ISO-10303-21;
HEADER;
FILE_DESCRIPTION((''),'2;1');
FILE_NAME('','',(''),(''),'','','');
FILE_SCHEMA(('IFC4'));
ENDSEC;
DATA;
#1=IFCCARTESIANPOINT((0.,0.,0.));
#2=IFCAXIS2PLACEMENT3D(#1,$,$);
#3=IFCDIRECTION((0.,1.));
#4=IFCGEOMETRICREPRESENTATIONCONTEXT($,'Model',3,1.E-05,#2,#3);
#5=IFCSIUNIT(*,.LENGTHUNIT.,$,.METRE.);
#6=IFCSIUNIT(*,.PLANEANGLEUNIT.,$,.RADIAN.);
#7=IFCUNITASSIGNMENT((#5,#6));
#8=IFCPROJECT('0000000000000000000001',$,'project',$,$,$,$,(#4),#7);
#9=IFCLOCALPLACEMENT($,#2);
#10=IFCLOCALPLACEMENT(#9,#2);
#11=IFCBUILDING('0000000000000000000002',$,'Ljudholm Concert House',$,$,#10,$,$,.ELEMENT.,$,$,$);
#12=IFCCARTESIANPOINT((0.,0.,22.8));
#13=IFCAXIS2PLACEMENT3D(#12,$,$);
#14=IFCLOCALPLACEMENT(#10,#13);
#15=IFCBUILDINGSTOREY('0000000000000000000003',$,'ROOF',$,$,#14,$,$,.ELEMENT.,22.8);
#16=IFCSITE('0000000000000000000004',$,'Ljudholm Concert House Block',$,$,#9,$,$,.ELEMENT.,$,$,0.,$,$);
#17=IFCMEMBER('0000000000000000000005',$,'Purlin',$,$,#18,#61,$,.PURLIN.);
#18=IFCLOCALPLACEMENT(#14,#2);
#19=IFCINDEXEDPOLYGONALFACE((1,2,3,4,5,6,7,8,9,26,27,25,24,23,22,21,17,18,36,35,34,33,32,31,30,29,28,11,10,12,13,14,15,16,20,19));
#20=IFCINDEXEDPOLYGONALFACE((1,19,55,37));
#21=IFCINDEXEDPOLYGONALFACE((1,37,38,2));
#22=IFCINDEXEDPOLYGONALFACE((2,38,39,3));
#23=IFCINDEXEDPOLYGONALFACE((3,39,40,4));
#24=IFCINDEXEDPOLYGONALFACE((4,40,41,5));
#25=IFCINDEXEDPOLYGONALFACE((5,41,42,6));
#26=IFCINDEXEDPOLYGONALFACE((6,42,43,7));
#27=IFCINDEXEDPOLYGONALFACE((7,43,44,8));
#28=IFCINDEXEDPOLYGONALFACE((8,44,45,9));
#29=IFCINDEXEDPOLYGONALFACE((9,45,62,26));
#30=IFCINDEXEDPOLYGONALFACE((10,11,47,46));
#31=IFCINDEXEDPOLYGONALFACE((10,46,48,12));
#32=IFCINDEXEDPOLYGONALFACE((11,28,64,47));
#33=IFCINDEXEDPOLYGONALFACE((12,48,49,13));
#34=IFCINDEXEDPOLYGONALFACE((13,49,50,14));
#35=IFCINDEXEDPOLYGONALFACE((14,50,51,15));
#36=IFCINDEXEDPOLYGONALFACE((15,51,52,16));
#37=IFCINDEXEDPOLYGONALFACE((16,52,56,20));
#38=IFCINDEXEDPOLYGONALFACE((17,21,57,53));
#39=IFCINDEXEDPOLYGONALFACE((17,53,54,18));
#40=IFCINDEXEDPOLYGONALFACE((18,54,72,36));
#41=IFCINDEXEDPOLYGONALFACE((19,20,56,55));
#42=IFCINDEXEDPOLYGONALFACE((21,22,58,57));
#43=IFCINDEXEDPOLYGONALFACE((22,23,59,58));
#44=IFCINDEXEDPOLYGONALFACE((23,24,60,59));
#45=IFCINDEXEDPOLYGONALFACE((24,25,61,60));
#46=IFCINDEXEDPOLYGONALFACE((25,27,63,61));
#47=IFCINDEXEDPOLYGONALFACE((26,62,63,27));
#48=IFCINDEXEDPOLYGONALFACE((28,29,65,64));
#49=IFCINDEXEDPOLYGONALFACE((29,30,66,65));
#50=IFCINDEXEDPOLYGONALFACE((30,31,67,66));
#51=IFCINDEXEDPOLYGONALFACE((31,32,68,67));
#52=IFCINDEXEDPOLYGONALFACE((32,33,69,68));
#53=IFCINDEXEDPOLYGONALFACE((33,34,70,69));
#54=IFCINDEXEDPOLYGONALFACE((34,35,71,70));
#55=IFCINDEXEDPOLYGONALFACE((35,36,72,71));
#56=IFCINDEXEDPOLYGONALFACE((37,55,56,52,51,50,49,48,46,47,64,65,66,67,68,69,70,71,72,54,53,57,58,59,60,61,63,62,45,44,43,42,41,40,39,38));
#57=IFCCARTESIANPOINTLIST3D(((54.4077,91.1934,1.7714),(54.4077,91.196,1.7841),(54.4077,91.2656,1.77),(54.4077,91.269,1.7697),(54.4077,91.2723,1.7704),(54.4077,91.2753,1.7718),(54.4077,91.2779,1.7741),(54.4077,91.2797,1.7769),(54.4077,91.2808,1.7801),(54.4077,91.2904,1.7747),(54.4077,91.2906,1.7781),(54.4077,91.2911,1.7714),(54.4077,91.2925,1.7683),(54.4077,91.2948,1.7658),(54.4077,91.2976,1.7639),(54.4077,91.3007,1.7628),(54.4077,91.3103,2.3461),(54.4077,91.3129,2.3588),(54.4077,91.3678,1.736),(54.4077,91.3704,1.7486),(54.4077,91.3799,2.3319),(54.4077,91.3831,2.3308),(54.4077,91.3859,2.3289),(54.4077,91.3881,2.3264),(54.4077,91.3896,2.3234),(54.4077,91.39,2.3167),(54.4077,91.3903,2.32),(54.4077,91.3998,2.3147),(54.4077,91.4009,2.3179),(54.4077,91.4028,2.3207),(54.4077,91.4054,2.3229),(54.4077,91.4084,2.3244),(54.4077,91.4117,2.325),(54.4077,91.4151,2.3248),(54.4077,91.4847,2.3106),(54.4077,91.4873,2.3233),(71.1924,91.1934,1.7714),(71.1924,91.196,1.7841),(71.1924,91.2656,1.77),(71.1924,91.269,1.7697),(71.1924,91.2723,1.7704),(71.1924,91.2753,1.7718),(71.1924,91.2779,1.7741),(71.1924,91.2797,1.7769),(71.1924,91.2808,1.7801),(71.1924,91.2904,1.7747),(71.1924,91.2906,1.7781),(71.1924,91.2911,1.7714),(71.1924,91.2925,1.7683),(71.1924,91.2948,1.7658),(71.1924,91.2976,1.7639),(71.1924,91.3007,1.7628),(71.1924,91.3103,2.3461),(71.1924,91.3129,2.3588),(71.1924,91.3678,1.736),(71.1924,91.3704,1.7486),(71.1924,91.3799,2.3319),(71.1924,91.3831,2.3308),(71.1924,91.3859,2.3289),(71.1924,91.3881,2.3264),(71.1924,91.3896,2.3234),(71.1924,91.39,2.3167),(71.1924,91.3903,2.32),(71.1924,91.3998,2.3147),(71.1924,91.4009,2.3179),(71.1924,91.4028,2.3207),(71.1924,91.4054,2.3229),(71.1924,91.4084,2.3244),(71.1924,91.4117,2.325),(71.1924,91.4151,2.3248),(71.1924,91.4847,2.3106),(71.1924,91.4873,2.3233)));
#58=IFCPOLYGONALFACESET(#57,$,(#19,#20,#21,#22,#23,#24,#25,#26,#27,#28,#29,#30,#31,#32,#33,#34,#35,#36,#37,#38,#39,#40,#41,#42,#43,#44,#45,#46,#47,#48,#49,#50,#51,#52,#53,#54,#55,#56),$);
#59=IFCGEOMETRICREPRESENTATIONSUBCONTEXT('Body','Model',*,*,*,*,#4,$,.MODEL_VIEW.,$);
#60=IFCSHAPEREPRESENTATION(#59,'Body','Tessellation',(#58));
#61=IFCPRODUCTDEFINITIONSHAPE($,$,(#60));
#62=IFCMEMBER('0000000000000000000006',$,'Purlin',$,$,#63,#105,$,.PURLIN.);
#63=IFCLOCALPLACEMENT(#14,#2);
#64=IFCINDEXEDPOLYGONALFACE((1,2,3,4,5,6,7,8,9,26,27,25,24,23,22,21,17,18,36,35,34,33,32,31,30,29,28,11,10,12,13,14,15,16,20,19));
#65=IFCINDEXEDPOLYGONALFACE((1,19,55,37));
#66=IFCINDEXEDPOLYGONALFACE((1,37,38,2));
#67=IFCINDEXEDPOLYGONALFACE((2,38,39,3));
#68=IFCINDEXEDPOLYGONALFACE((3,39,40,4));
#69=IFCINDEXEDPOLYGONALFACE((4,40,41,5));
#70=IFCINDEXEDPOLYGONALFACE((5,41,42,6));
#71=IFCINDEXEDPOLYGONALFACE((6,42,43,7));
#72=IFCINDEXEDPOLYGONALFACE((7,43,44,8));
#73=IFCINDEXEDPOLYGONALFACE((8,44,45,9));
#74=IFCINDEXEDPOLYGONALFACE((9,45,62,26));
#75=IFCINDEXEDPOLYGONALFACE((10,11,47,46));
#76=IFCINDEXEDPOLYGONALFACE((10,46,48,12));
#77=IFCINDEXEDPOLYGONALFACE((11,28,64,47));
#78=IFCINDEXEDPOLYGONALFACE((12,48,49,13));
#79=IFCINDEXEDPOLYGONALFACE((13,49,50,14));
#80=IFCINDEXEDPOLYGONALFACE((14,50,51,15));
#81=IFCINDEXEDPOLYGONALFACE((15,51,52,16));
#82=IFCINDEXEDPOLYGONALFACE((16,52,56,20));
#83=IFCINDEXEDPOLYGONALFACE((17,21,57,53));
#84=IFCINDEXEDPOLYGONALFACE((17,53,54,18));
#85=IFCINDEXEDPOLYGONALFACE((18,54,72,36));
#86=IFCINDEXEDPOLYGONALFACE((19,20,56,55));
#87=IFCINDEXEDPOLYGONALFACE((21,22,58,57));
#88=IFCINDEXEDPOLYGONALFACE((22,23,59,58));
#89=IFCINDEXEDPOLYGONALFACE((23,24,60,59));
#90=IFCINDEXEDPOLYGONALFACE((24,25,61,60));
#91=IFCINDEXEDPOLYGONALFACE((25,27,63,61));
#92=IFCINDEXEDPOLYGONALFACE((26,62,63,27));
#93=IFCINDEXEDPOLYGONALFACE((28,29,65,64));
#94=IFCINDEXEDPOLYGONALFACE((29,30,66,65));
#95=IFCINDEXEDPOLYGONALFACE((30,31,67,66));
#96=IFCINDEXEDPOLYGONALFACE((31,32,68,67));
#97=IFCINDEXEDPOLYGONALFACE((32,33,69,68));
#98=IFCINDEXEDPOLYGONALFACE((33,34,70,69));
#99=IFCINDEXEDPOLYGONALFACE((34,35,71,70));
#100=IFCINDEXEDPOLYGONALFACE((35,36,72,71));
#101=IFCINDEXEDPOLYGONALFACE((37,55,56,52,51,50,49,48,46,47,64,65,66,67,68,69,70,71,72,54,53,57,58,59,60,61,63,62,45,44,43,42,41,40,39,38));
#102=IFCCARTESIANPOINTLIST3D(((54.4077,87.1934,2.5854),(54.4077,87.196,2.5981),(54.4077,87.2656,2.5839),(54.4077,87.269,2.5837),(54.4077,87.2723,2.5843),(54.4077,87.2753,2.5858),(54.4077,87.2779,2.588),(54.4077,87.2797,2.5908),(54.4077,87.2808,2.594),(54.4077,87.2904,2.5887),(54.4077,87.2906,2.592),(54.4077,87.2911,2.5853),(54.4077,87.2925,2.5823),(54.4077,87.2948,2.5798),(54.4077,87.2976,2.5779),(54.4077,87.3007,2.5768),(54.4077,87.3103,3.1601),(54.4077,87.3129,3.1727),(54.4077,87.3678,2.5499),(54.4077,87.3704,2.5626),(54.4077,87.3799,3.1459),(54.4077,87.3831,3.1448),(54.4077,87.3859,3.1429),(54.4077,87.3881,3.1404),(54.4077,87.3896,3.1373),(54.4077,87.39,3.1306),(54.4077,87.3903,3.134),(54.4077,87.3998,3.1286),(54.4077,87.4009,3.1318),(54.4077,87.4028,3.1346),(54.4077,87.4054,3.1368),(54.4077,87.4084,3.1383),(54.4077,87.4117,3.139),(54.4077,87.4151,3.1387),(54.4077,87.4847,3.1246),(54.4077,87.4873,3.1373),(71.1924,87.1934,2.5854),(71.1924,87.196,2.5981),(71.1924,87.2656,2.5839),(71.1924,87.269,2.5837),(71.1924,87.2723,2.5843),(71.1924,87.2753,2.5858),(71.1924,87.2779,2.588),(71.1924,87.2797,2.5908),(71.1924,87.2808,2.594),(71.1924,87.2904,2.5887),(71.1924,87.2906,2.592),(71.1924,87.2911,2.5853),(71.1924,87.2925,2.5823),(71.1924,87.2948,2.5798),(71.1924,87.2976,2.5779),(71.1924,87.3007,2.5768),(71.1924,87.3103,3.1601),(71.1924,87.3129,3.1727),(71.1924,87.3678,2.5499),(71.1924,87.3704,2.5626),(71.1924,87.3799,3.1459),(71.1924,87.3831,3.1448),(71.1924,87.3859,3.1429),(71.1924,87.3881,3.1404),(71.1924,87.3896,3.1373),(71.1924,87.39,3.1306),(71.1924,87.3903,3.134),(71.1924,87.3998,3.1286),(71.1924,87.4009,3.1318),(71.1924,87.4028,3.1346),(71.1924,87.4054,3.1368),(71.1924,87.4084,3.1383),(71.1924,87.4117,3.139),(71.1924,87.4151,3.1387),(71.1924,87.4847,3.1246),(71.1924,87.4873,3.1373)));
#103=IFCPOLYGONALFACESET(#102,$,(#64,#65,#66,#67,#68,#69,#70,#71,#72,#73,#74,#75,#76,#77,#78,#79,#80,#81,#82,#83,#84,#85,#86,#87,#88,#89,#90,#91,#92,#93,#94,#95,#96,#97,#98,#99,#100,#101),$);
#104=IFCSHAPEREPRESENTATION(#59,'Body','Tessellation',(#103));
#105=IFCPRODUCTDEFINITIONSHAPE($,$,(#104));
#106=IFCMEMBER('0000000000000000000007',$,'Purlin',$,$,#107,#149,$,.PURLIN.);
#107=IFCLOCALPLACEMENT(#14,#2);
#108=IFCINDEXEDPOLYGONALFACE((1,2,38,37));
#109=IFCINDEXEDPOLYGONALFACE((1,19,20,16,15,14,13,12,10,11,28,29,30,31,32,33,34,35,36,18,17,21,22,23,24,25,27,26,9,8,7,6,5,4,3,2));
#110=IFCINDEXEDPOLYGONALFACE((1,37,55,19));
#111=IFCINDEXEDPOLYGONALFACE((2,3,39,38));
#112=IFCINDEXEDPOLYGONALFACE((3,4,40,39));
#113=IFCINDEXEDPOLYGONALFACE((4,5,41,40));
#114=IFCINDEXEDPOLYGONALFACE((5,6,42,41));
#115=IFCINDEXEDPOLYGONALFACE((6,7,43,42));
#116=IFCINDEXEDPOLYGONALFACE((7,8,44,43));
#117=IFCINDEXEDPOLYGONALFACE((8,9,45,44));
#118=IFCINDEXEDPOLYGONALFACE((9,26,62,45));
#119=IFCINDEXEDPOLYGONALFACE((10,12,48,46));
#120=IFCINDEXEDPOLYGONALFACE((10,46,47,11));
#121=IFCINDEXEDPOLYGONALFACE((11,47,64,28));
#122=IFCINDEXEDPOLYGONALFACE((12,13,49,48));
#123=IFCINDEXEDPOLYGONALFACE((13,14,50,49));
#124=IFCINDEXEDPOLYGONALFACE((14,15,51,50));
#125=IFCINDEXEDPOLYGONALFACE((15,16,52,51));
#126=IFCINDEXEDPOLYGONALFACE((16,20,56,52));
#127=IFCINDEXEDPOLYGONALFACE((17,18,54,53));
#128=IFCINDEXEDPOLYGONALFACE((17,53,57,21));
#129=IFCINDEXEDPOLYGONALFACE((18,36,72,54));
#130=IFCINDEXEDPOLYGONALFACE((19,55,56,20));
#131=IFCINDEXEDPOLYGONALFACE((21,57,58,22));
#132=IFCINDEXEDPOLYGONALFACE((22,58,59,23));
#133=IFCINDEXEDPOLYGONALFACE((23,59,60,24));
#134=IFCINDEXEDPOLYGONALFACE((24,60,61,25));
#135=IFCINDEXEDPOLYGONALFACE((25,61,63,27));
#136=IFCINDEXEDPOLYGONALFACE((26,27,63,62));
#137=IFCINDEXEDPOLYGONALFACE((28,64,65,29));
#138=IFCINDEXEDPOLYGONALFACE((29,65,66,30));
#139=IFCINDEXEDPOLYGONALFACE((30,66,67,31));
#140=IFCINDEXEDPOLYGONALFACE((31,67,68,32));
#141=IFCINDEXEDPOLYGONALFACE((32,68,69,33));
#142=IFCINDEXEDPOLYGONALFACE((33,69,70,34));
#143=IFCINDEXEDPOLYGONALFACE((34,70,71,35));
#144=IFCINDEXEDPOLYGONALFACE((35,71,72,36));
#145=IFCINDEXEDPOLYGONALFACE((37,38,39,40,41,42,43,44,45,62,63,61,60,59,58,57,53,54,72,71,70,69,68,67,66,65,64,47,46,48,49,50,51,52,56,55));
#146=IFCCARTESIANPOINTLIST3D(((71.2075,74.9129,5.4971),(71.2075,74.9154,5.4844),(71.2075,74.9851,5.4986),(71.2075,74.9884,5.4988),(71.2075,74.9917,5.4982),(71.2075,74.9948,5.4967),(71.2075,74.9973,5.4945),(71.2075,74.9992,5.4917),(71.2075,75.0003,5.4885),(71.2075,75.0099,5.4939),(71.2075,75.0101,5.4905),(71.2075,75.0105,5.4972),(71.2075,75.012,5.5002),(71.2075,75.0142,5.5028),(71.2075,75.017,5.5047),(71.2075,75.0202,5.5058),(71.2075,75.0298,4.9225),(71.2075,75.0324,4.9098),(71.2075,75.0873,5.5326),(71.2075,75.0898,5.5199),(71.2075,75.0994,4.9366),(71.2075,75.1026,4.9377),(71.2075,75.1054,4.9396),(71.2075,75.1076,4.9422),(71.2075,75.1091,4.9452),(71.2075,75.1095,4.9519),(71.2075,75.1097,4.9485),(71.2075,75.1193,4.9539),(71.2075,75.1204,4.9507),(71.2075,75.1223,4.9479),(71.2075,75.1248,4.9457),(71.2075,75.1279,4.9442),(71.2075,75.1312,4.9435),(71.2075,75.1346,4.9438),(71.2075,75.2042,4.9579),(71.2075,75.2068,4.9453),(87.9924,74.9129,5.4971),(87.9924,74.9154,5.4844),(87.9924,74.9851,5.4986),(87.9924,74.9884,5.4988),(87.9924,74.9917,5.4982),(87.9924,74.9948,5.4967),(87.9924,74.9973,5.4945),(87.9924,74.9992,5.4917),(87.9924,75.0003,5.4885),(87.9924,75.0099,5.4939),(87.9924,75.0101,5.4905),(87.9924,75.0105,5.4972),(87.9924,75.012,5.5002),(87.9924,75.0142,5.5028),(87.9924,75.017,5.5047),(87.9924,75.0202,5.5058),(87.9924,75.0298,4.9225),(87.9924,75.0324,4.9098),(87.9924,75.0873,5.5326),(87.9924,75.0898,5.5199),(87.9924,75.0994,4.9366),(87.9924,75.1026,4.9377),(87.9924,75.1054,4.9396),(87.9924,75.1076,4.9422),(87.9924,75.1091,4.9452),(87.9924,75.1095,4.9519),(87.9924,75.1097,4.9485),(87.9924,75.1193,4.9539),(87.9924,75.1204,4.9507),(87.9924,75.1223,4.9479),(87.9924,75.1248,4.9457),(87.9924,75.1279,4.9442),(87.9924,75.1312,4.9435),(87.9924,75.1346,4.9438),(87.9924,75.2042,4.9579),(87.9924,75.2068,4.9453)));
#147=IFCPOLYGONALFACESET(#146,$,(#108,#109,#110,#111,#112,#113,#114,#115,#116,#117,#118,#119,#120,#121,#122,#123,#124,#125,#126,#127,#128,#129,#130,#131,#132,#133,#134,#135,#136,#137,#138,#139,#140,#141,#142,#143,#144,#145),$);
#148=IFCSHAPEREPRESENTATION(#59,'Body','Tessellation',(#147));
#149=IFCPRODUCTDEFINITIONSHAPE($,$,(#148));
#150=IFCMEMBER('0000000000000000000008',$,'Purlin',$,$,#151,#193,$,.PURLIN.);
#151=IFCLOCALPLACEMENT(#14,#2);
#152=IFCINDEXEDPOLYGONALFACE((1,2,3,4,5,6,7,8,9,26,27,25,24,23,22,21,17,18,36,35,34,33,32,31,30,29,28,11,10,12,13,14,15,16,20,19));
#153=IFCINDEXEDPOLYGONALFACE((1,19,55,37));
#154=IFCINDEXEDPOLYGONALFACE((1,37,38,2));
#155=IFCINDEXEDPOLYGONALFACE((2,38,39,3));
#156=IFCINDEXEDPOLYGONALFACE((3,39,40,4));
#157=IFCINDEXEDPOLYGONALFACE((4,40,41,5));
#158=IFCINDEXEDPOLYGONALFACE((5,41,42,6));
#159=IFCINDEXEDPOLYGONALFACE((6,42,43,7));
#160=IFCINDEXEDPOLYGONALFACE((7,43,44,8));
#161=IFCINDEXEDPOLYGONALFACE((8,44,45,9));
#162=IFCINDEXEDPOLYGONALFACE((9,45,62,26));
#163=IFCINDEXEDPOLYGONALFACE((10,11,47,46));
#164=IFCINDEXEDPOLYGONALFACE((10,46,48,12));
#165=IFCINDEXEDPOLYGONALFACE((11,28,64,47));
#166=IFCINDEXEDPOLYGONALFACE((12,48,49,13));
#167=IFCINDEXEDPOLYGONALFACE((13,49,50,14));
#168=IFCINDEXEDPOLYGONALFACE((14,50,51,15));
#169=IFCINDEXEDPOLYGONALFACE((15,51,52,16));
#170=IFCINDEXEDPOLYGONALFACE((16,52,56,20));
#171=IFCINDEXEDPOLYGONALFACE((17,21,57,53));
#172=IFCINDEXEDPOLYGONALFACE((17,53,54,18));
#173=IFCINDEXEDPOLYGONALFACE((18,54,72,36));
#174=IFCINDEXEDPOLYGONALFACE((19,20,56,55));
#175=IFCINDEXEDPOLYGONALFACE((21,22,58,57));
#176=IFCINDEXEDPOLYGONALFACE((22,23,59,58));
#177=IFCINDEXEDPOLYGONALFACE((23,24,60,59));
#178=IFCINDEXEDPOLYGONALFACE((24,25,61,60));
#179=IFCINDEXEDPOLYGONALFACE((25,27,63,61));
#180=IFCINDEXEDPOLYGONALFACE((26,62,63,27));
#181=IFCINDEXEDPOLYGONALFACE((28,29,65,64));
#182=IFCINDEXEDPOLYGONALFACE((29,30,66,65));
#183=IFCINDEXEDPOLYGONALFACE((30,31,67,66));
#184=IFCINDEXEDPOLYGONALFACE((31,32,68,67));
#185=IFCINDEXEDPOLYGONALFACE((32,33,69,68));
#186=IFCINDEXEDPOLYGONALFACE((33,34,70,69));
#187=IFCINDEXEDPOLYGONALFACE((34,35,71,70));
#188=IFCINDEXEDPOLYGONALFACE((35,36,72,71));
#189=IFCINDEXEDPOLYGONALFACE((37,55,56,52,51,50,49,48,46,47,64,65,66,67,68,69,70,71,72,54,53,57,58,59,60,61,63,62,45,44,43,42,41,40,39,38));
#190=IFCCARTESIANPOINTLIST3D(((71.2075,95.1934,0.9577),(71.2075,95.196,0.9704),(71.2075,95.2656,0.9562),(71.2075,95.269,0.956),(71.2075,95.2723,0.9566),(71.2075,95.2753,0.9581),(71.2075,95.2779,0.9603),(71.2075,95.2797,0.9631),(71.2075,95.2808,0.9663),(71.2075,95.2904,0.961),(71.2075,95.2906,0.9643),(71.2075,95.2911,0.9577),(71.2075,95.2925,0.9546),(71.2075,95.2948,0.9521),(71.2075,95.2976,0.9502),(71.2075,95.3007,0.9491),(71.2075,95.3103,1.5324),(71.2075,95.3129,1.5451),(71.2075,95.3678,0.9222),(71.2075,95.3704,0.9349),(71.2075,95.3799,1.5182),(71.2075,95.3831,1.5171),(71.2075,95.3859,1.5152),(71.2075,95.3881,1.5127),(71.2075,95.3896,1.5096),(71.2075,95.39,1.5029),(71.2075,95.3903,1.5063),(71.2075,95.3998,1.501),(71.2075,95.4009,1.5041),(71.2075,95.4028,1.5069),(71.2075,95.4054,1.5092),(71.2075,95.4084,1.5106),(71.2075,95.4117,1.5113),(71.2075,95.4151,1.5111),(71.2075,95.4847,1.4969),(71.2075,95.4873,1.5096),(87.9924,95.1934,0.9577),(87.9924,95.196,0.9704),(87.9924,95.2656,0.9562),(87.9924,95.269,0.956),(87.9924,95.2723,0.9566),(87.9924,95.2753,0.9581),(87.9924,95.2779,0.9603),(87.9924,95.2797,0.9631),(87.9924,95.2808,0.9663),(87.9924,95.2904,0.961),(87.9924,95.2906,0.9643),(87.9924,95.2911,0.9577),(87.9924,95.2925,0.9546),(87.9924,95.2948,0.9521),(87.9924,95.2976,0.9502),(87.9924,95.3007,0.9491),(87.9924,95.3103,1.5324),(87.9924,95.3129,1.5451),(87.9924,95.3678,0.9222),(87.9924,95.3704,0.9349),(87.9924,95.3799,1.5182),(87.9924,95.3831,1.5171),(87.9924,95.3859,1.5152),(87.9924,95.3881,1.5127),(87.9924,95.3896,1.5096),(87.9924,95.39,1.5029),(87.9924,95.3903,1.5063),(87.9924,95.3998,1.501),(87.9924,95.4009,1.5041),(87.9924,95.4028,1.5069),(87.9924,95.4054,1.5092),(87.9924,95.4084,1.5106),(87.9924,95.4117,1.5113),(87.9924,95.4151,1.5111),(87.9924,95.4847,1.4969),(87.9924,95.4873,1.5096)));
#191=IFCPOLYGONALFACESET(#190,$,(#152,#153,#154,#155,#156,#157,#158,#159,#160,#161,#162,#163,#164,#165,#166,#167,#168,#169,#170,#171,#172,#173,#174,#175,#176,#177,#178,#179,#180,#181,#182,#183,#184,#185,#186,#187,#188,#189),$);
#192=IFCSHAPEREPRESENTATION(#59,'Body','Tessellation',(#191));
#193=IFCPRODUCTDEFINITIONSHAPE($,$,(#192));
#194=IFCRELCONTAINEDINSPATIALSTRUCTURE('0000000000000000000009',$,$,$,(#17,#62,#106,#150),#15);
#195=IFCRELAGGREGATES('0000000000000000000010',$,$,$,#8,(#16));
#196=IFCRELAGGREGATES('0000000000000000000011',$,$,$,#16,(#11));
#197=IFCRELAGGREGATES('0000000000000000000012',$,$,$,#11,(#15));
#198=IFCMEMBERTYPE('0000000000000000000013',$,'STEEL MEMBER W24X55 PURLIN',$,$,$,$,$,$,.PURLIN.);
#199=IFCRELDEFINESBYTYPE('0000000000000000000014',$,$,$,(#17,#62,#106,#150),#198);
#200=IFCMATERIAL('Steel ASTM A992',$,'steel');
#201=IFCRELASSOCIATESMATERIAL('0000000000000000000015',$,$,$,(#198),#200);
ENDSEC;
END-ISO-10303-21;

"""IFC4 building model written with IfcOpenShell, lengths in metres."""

from ifc_helpers import new_model, si_unit, direction, frame, origin, origin_2d, place, context, subcontext, project, spatial, i_section, extrude, material, material_profile, profile_set, type_object, element, save


model = new_model("IFC4")

# Units and contexts
model_context = context("Model", 3, precision=1e-05, world=origin(), true_north=direction((0.0, 1.0)))
body_context = subcontext(model_context, "Body", "Model", "MODEL_VIEW")
ifc_project = project(units=[si_unit("LENGTHUNIT", "METRE"), si_unit("PLANEANGLEUNIT", "RADIAN")], contexts=[model_context])

# Site, building, storey
site_placement = place(None, origin())
site = spatial("IfcSite", under=ifc_project, at=site_placement, Name="Ljudholm Concert House Block", CompositionType="ELEMENT", RefElevation=0.0)
building_placement = place(site_placement, origin())
building = spatial("IfcBuilding", under=site, at=building_placement, Name="Ljudholm Concert House", CompositionType="ELEMENT")
storey_placement = place(building_placement, frame((0.0, 0.0, 22.8)))
storey = spatial("IfcBuildingStorey", under=building, at=storey_placement, Name="ROOF", CompositionType="ELEMENT", Elevation=22.8)

# Members
ifc_material_1 = material(Name="Steel ASTM A992", Category="steel")
ifc_material_profile_1 = material_profile(ifc_material_1, i_section(OverallWidth=0.178, OverallDepth=0.5994, WebThickness=0.01, FlangeThickness=0.0129, FilletRadius=0.0129, at=origin_2d()), Name="W24X55")
ifc_profile_set_1 = profile_set([ifc_material_profile_1], Name="Steel ASTM A992")
member_type_1 = type_object("IfcMemberType", Name="STEEL MEMBER W24X55 PURLIN", PredefinedType="PURLIN", material=ifc_profile_set_1)
for number, where, z_axis, x_axis, name in (
    (1, (54.4077, 91.3403, 2.0474), (1.0, 0.0, 0.0), (0.0, 0.979925, -0.199368), "Purlin"),
    (2, (54.4077, 87.3403, 2.8613), (1.0, 0.0, 0.0), (0.0, 0.979925, -0.199368), "Purlin"),
):
    element("IfcMember", number, at=place(storey_placement, frame(where, z_axis=z_axis, x_axis=x_axis)), inside=storey, type_object=member_type_1, Name=name, PredefinedType="PURLIN", context=body_context, shape_type="SweptSolid", body=[
        extrude(i_section(OverallWidth=0.178, OverallDepth=0.5994, WebThickness=0.01, FlangeThickness=0.0129, FilletRadius=0.0129, at=origin_2d()), origin(), (0.0, 0.0, 1.0), 16.7847),
    ])
for number, where, z_axis, x_axis, name in (
    (3, (71.2075, 75.0598, 5.2212), (1.0, 0.0, 0.0), (0.0, 0.979925, 0.199368), "Purlin"),
    (4, (71.2075, 95.3403, 1.2336), (1.0, 0.0, 0.0), (0.0, 0.979925, -0.199368), "Purlin"),
):
    element("IfcMember", number, at=place(storey_placement, frame(where, z_axis=z_axis, x_axis=x_axis)), inside=storey, type_object=member_type_1, Name=name, PredefinedType="PURLIN", context=body_context, shape_type="SweptSolid", body=[
        extrude(i_section(OverallWidth=0.178, OverallDepth=0.5994, WebThickness=0.01, FlangeThickness=0.0129, FilletRadius=0.0129, at=origin_2d()), origin(), (0.0, 0.0, 1.0), 16.7849),
    ])

save(model, "model.ifc")
